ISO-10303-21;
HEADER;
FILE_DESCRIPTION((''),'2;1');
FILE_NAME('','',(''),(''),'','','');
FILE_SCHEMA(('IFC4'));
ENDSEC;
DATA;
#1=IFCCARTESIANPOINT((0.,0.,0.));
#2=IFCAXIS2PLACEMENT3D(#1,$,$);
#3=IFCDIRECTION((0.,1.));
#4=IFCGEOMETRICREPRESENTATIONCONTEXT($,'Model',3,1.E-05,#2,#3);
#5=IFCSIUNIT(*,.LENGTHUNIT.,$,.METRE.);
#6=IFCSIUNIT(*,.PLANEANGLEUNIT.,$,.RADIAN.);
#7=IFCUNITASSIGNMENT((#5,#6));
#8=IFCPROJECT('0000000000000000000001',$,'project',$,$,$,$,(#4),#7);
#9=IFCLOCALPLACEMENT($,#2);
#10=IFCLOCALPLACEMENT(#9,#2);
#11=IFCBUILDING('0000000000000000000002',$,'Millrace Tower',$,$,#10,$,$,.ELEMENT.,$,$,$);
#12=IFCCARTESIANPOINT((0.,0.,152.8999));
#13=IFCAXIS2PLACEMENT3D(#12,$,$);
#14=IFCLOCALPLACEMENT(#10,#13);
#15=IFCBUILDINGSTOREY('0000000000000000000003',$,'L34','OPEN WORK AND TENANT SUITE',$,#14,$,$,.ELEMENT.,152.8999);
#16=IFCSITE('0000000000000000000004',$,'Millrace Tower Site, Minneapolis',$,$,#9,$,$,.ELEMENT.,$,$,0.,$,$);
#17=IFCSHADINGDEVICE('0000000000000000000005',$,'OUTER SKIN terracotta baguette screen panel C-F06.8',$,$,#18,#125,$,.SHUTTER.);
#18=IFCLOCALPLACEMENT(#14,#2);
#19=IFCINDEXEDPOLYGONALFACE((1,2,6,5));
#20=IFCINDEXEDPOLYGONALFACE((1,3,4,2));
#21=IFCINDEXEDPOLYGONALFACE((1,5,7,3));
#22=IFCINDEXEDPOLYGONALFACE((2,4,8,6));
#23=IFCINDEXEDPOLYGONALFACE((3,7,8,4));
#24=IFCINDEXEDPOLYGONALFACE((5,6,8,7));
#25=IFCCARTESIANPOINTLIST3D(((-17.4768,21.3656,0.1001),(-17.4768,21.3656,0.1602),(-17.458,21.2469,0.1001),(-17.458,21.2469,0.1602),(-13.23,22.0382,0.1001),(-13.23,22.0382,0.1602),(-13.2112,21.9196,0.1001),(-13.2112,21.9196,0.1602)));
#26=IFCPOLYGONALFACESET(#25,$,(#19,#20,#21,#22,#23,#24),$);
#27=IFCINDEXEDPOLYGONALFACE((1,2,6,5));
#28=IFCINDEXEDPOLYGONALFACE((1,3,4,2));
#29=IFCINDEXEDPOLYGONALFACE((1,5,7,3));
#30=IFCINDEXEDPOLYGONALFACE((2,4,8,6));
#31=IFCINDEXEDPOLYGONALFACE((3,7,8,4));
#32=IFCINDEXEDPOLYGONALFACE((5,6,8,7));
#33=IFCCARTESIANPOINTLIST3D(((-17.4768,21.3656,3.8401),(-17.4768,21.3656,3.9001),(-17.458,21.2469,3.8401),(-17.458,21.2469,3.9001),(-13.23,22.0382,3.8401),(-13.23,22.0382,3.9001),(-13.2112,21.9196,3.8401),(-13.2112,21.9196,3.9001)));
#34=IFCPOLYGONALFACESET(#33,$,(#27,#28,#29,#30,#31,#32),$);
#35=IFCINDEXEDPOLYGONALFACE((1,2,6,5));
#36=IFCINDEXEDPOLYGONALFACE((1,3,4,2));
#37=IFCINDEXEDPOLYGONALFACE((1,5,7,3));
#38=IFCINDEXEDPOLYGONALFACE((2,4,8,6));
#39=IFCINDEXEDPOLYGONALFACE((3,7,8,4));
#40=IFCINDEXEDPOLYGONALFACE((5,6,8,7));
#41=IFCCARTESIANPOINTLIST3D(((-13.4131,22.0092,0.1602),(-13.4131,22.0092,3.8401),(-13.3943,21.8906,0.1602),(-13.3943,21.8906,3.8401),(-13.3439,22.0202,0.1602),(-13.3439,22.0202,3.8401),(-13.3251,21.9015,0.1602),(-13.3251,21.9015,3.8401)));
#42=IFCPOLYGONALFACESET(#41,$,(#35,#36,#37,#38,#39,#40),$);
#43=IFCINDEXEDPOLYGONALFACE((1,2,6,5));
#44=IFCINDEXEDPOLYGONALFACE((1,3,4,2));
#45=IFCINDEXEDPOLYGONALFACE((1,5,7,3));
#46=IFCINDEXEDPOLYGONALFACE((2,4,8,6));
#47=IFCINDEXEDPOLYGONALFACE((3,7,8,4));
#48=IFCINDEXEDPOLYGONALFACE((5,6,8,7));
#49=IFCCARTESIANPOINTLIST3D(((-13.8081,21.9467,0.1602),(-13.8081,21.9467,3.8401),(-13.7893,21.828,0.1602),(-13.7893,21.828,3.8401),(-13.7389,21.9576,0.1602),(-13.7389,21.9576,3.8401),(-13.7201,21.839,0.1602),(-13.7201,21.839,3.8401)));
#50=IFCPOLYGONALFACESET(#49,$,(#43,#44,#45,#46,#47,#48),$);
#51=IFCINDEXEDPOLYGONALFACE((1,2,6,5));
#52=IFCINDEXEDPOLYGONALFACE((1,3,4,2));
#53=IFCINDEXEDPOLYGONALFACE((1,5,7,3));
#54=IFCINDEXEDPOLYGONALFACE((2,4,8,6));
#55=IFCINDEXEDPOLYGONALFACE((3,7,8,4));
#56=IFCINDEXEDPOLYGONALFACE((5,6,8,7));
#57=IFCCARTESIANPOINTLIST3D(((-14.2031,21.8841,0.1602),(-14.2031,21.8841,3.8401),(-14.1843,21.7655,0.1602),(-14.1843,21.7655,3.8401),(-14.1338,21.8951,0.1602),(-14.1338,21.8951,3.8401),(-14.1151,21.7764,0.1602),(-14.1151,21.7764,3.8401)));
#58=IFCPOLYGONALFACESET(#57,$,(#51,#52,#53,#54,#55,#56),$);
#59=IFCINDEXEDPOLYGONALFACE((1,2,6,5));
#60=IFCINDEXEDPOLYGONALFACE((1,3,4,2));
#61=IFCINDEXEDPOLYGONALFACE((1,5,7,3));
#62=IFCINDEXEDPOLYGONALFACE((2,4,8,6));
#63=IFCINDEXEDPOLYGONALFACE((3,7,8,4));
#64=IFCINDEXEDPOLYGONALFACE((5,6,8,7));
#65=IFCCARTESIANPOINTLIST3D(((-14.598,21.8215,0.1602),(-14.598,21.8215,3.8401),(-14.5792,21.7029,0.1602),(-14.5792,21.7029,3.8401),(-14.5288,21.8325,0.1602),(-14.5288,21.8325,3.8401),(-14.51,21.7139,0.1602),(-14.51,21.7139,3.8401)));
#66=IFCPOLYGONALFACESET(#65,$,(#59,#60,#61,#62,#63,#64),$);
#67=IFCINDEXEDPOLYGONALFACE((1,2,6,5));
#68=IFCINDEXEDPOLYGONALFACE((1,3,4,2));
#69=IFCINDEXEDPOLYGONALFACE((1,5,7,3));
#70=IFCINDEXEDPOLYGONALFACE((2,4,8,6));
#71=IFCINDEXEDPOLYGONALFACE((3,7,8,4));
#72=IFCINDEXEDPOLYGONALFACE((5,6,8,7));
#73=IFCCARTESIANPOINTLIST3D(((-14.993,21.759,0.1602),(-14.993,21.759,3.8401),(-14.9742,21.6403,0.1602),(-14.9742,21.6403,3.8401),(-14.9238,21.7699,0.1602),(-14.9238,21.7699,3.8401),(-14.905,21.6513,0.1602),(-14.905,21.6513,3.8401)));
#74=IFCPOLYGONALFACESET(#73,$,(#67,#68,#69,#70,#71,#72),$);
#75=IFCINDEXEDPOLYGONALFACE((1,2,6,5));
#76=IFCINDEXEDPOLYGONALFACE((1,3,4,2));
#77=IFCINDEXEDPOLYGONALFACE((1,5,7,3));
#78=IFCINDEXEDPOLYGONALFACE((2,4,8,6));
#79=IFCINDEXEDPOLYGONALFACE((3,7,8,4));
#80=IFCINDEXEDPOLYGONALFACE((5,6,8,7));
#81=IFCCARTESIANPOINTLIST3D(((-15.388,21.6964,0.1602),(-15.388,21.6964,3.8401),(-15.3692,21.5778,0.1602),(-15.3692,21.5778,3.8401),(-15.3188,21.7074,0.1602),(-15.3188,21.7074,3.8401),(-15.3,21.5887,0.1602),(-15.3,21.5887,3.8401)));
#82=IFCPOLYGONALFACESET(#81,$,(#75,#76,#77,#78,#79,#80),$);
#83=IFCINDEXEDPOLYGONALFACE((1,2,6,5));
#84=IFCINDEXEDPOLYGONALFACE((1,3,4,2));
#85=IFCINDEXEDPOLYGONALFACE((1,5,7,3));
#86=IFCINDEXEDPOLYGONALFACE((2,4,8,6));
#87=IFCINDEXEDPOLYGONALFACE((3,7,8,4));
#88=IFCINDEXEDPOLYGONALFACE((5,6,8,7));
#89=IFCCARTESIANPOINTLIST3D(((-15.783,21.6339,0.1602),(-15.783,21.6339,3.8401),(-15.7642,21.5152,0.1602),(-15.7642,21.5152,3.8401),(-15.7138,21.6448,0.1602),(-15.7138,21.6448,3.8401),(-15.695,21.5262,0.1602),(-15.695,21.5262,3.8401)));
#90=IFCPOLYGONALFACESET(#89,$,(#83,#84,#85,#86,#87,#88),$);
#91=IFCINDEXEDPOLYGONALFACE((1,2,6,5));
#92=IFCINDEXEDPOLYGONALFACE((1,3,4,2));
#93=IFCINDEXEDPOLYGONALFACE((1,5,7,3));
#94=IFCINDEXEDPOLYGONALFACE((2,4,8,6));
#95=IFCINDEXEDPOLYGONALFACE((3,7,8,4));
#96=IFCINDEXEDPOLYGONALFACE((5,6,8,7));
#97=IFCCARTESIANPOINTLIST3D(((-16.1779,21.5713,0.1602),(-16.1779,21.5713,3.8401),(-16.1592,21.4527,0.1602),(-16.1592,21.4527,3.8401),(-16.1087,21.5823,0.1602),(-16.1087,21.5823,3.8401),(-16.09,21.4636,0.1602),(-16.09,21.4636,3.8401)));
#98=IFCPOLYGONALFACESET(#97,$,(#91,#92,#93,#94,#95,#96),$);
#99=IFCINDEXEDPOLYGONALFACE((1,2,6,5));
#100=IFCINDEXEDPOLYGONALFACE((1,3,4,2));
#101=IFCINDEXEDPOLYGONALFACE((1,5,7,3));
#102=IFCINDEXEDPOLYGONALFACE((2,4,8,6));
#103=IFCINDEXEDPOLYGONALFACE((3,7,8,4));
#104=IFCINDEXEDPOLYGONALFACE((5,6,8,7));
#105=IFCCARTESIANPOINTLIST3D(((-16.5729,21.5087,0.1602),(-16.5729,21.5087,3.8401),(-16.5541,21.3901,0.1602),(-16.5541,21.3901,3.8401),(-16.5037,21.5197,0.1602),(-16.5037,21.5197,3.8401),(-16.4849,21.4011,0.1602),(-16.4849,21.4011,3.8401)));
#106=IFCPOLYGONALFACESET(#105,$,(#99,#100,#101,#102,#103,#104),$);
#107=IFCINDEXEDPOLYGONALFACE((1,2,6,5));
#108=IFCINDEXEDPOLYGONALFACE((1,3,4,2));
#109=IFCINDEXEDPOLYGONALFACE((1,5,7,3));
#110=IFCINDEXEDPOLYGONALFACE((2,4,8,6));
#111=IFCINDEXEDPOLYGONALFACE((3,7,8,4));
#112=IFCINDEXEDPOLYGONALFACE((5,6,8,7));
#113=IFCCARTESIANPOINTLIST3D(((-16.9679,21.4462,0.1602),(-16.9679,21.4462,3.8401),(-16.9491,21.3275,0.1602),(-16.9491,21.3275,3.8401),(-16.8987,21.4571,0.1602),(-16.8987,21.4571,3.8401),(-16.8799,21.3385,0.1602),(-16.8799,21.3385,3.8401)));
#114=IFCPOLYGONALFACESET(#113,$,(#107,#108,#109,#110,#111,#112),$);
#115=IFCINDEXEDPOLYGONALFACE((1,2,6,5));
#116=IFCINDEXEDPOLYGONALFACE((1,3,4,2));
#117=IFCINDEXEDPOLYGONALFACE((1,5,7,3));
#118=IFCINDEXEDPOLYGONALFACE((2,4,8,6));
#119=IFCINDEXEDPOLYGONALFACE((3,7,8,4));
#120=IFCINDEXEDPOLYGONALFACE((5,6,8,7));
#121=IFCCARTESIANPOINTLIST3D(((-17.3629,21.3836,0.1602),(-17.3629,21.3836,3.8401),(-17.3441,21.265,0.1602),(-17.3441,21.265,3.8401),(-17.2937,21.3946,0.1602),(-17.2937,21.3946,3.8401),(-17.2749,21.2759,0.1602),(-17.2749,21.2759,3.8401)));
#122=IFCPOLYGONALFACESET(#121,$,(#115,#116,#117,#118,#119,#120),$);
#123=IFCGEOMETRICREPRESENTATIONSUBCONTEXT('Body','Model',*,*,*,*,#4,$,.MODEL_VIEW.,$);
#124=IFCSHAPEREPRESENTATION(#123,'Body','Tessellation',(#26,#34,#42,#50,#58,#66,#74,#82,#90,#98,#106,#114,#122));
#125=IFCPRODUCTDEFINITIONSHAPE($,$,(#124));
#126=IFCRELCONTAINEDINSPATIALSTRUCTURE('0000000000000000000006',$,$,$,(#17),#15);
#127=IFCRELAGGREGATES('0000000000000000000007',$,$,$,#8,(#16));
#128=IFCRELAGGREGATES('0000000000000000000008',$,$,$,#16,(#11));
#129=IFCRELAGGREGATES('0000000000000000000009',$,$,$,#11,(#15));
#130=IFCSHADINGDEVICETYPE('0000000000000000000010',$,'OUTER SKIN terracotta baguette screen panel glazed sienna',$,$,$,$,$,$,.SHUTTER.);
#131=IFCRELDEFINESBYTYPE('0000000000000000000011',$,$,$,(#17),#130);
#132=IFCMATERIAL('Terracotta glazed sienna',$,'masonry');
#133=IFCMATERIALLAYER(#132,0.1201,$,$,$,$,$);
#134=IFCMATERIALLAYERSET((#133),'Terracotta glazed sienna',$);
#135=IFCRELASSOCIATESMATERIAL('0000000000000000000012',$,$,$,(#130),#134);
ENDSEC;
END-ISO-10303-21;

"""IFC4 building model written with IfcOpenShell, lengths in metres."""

from ifc_helpers import new_model, entity, si_unit, direction, frame, frame_2d, origin, origin_2d, place, context, subcontext, project, spatial, rectangle, extrude, source, transform, mapped, material, layer, layer_set, type_object, element, save


model = new_model("IFC4")

# Units and contexts
model_context = context("Model", 3, precision=1e-05, world=origin(), true_north=direction((0.0, 1.0)))
body_context = subcontext(model_context, "Body", "Model", "MODEL_VIEW")
ifc_project = project(units=[si_unit("LENGTHUNIT", "METRE"), si_unit("PLANEANGLEUNIT", "RADIAN")], contexts=[model_context])

# Site, building, storey
site_placement = place(None, origin())
site = spatial("IfcSite", under=ifc_project, at=site_placement, Name="Millrace Tower Site, Minneapolis", CompositionType="ELEMENT", RefElevation=0.0)
building_placement = place(site_placement, origin())
building = spatial("IfcBuilding", under=site, at=building_placement, Name="Millrace Tower", CompositionType="ELEMENT")
storey_placement = place(building_placement, frame((0.0, 0.0, 152.8999)))
storey = spatial("IfcBuildingStorey", under=building, at=storey_placement, Name="L34", Description="OPEN WORK AND TENANT SUITE", CompositionType="ELEMENT", Elevation=152.8999)

# Shading device
ifc_material_1 = material(Name="Terracotta glazed sienna", Category="masonry")
ifc_layer_1 = layer(ifc_material_1, 0.1201)
ifc_layer_set_1 = layer_set([ifc_layer_1], Name="Terracotta glazed sienna")
shading_device_type = type_object("IfcShadingDeviceType", Name="OUTER SKIN terracotta baguette screen panel glazed sienna", PredefinedType="SHUTTER", material=ifc_layer_set_1)
cartesian_point_1 = entity("IfcCartesianPoint", [-2.1499, 0.0601])
shared_polyline_1 = entity("IfcPolyline", [cartesian_point_1, entity("IfcCartesianPoint", [2.1499, 0.0601]), entity("IfcCartesianPoint", [2.1499, -0.0601]), entity("IfcCartesianPoint", [-2.1499, -0.0601]), cartesian_point_1])
shared_shape_1 = source(origin(), body_context, "Body", "SweptSolid", [
    entity("IfcExtrudedAreaSolid", entity("IfcArbitraryClosedProfileDef", "AREA", None, shared_polyline_1), entity("IfcAxis2Placement3D", entity("IfcCartesianPoint", [0.0, 0.0, 0.0])), entity("IfcDirection", [0.0, 0.0, 1.0]), 0.0601),
    entity("IfcExtrudedAreaSolid", entity("IfcArbitraryClosedProfileDef", "AREA", None, shared_polyline_1), entity("IfcAxis2Placement3D", entity("IfcCartesianPoint", [0.0, 0.0, 3.74])), entity("IfcDirection", [0.0, 0.0, 1.0]), 0.0601),
    extrude(rectangle(XDim=0.0701, YDim=0.1201, at=frame_2d((-1.9995, 0.0))), frame((0.0, 0.0, 0.0601)), (0.0, 0.0, 1.0), 3.6799),
    extrude(rectangle(XDim=0.0701, YDim=0.1201, at=frame_2d((-1.5996, 0.0))), frame((0.0, 0.0, 0.0601)), (0.0, 0.0, 1.0), 3.6799),
    extrude(rectangle(XDim=0.0701, YDim=0.1201, at=frame_2d((-1.1997, 0.0))), frame((0.0, 0.0, 0.0601)), (0.0, 0.0, 1.0), 3.6799),
    extrude(rectangle(XDim=0.0701, YDim=0.1201, at=frame_2d((-0.7998, 0.0))), frame((0.0, 0.0, 0.0601)), (0.0, 0.0, 1.0), 3.6799),
    extrude(rectangle(XDim=0.0701, YDim=0.1201, at=frame_2d((-0.3999, 0.0))), frame((0.0, 0.0, 0.0601)), (0.0, 0.0, 1.0), 3.6799),
    extrude(rectangle(XDim=0.0701, YDim=0.1201, at=origin_2d()), frame((0.0, 0.0, 0.0601)), (0.0, 0.0, 1.0), 3.6799),
    extrude(rectangle(XDim=0.0701, YDim=0.1201, at=frame_2d((0.3999, 0.0))), frame((0.0, 0.0, 0.0601)), (0.0, 0.0, 1.0), 3.6799),
    extrude(rectangle(XDim=0.0701, YDim=0.1201, at=frame_2d((0.7998, 0.0))), frame((0.0, 0.0, 0.0601)), (0.0, 0.0, 1.0), 3.6799),
    extrude(rectangle(XDim=0.0701, YDim=0.1201, at=frame_2d((1.1997, 0.0))), frame((0.0, 0.0, 0.0601)), (0.0, 0.0, 1.0), 3.6799),
    extrude(rectangle(XDim=0.0701, YDim=0.1201, at=frame_2d((1.5996, 0.0))), frame((0.0, 0.0, 0.0601)), (0.0, 0.0, 1.0), 3.6799),
    extrude(rectangle(XDim=0.0701, YDim=0.1201, at=frame_2d((1.9995, 0.0))), frame((0.0, 0.0, 0.0601)), (0.0, 0.0, 1.0), 3.6799),
])
shading_device_1_placement = place(storey_placement, frame((-15.344, 21.6426, 0.1001), z_axis=(0.0, 0.0, 1.0), x_axis=(-0.987688, -0.156434, 0.0)))
element("IfcShadingDevice", 1, at=shading_device_1_placement, inside=storey, type_object=shading_device_type, Name="OUTER SKIN terracotta baguette screen panel C-F06.8", PredefinedType="SHUTTER", context=body_context, shape_type="MappedRepresentation", body=[
    mapped(shared_shape_1, transform((0.0, 0.0, 0.0), scale=1.0)),
])

save(model, "model.ifc")
